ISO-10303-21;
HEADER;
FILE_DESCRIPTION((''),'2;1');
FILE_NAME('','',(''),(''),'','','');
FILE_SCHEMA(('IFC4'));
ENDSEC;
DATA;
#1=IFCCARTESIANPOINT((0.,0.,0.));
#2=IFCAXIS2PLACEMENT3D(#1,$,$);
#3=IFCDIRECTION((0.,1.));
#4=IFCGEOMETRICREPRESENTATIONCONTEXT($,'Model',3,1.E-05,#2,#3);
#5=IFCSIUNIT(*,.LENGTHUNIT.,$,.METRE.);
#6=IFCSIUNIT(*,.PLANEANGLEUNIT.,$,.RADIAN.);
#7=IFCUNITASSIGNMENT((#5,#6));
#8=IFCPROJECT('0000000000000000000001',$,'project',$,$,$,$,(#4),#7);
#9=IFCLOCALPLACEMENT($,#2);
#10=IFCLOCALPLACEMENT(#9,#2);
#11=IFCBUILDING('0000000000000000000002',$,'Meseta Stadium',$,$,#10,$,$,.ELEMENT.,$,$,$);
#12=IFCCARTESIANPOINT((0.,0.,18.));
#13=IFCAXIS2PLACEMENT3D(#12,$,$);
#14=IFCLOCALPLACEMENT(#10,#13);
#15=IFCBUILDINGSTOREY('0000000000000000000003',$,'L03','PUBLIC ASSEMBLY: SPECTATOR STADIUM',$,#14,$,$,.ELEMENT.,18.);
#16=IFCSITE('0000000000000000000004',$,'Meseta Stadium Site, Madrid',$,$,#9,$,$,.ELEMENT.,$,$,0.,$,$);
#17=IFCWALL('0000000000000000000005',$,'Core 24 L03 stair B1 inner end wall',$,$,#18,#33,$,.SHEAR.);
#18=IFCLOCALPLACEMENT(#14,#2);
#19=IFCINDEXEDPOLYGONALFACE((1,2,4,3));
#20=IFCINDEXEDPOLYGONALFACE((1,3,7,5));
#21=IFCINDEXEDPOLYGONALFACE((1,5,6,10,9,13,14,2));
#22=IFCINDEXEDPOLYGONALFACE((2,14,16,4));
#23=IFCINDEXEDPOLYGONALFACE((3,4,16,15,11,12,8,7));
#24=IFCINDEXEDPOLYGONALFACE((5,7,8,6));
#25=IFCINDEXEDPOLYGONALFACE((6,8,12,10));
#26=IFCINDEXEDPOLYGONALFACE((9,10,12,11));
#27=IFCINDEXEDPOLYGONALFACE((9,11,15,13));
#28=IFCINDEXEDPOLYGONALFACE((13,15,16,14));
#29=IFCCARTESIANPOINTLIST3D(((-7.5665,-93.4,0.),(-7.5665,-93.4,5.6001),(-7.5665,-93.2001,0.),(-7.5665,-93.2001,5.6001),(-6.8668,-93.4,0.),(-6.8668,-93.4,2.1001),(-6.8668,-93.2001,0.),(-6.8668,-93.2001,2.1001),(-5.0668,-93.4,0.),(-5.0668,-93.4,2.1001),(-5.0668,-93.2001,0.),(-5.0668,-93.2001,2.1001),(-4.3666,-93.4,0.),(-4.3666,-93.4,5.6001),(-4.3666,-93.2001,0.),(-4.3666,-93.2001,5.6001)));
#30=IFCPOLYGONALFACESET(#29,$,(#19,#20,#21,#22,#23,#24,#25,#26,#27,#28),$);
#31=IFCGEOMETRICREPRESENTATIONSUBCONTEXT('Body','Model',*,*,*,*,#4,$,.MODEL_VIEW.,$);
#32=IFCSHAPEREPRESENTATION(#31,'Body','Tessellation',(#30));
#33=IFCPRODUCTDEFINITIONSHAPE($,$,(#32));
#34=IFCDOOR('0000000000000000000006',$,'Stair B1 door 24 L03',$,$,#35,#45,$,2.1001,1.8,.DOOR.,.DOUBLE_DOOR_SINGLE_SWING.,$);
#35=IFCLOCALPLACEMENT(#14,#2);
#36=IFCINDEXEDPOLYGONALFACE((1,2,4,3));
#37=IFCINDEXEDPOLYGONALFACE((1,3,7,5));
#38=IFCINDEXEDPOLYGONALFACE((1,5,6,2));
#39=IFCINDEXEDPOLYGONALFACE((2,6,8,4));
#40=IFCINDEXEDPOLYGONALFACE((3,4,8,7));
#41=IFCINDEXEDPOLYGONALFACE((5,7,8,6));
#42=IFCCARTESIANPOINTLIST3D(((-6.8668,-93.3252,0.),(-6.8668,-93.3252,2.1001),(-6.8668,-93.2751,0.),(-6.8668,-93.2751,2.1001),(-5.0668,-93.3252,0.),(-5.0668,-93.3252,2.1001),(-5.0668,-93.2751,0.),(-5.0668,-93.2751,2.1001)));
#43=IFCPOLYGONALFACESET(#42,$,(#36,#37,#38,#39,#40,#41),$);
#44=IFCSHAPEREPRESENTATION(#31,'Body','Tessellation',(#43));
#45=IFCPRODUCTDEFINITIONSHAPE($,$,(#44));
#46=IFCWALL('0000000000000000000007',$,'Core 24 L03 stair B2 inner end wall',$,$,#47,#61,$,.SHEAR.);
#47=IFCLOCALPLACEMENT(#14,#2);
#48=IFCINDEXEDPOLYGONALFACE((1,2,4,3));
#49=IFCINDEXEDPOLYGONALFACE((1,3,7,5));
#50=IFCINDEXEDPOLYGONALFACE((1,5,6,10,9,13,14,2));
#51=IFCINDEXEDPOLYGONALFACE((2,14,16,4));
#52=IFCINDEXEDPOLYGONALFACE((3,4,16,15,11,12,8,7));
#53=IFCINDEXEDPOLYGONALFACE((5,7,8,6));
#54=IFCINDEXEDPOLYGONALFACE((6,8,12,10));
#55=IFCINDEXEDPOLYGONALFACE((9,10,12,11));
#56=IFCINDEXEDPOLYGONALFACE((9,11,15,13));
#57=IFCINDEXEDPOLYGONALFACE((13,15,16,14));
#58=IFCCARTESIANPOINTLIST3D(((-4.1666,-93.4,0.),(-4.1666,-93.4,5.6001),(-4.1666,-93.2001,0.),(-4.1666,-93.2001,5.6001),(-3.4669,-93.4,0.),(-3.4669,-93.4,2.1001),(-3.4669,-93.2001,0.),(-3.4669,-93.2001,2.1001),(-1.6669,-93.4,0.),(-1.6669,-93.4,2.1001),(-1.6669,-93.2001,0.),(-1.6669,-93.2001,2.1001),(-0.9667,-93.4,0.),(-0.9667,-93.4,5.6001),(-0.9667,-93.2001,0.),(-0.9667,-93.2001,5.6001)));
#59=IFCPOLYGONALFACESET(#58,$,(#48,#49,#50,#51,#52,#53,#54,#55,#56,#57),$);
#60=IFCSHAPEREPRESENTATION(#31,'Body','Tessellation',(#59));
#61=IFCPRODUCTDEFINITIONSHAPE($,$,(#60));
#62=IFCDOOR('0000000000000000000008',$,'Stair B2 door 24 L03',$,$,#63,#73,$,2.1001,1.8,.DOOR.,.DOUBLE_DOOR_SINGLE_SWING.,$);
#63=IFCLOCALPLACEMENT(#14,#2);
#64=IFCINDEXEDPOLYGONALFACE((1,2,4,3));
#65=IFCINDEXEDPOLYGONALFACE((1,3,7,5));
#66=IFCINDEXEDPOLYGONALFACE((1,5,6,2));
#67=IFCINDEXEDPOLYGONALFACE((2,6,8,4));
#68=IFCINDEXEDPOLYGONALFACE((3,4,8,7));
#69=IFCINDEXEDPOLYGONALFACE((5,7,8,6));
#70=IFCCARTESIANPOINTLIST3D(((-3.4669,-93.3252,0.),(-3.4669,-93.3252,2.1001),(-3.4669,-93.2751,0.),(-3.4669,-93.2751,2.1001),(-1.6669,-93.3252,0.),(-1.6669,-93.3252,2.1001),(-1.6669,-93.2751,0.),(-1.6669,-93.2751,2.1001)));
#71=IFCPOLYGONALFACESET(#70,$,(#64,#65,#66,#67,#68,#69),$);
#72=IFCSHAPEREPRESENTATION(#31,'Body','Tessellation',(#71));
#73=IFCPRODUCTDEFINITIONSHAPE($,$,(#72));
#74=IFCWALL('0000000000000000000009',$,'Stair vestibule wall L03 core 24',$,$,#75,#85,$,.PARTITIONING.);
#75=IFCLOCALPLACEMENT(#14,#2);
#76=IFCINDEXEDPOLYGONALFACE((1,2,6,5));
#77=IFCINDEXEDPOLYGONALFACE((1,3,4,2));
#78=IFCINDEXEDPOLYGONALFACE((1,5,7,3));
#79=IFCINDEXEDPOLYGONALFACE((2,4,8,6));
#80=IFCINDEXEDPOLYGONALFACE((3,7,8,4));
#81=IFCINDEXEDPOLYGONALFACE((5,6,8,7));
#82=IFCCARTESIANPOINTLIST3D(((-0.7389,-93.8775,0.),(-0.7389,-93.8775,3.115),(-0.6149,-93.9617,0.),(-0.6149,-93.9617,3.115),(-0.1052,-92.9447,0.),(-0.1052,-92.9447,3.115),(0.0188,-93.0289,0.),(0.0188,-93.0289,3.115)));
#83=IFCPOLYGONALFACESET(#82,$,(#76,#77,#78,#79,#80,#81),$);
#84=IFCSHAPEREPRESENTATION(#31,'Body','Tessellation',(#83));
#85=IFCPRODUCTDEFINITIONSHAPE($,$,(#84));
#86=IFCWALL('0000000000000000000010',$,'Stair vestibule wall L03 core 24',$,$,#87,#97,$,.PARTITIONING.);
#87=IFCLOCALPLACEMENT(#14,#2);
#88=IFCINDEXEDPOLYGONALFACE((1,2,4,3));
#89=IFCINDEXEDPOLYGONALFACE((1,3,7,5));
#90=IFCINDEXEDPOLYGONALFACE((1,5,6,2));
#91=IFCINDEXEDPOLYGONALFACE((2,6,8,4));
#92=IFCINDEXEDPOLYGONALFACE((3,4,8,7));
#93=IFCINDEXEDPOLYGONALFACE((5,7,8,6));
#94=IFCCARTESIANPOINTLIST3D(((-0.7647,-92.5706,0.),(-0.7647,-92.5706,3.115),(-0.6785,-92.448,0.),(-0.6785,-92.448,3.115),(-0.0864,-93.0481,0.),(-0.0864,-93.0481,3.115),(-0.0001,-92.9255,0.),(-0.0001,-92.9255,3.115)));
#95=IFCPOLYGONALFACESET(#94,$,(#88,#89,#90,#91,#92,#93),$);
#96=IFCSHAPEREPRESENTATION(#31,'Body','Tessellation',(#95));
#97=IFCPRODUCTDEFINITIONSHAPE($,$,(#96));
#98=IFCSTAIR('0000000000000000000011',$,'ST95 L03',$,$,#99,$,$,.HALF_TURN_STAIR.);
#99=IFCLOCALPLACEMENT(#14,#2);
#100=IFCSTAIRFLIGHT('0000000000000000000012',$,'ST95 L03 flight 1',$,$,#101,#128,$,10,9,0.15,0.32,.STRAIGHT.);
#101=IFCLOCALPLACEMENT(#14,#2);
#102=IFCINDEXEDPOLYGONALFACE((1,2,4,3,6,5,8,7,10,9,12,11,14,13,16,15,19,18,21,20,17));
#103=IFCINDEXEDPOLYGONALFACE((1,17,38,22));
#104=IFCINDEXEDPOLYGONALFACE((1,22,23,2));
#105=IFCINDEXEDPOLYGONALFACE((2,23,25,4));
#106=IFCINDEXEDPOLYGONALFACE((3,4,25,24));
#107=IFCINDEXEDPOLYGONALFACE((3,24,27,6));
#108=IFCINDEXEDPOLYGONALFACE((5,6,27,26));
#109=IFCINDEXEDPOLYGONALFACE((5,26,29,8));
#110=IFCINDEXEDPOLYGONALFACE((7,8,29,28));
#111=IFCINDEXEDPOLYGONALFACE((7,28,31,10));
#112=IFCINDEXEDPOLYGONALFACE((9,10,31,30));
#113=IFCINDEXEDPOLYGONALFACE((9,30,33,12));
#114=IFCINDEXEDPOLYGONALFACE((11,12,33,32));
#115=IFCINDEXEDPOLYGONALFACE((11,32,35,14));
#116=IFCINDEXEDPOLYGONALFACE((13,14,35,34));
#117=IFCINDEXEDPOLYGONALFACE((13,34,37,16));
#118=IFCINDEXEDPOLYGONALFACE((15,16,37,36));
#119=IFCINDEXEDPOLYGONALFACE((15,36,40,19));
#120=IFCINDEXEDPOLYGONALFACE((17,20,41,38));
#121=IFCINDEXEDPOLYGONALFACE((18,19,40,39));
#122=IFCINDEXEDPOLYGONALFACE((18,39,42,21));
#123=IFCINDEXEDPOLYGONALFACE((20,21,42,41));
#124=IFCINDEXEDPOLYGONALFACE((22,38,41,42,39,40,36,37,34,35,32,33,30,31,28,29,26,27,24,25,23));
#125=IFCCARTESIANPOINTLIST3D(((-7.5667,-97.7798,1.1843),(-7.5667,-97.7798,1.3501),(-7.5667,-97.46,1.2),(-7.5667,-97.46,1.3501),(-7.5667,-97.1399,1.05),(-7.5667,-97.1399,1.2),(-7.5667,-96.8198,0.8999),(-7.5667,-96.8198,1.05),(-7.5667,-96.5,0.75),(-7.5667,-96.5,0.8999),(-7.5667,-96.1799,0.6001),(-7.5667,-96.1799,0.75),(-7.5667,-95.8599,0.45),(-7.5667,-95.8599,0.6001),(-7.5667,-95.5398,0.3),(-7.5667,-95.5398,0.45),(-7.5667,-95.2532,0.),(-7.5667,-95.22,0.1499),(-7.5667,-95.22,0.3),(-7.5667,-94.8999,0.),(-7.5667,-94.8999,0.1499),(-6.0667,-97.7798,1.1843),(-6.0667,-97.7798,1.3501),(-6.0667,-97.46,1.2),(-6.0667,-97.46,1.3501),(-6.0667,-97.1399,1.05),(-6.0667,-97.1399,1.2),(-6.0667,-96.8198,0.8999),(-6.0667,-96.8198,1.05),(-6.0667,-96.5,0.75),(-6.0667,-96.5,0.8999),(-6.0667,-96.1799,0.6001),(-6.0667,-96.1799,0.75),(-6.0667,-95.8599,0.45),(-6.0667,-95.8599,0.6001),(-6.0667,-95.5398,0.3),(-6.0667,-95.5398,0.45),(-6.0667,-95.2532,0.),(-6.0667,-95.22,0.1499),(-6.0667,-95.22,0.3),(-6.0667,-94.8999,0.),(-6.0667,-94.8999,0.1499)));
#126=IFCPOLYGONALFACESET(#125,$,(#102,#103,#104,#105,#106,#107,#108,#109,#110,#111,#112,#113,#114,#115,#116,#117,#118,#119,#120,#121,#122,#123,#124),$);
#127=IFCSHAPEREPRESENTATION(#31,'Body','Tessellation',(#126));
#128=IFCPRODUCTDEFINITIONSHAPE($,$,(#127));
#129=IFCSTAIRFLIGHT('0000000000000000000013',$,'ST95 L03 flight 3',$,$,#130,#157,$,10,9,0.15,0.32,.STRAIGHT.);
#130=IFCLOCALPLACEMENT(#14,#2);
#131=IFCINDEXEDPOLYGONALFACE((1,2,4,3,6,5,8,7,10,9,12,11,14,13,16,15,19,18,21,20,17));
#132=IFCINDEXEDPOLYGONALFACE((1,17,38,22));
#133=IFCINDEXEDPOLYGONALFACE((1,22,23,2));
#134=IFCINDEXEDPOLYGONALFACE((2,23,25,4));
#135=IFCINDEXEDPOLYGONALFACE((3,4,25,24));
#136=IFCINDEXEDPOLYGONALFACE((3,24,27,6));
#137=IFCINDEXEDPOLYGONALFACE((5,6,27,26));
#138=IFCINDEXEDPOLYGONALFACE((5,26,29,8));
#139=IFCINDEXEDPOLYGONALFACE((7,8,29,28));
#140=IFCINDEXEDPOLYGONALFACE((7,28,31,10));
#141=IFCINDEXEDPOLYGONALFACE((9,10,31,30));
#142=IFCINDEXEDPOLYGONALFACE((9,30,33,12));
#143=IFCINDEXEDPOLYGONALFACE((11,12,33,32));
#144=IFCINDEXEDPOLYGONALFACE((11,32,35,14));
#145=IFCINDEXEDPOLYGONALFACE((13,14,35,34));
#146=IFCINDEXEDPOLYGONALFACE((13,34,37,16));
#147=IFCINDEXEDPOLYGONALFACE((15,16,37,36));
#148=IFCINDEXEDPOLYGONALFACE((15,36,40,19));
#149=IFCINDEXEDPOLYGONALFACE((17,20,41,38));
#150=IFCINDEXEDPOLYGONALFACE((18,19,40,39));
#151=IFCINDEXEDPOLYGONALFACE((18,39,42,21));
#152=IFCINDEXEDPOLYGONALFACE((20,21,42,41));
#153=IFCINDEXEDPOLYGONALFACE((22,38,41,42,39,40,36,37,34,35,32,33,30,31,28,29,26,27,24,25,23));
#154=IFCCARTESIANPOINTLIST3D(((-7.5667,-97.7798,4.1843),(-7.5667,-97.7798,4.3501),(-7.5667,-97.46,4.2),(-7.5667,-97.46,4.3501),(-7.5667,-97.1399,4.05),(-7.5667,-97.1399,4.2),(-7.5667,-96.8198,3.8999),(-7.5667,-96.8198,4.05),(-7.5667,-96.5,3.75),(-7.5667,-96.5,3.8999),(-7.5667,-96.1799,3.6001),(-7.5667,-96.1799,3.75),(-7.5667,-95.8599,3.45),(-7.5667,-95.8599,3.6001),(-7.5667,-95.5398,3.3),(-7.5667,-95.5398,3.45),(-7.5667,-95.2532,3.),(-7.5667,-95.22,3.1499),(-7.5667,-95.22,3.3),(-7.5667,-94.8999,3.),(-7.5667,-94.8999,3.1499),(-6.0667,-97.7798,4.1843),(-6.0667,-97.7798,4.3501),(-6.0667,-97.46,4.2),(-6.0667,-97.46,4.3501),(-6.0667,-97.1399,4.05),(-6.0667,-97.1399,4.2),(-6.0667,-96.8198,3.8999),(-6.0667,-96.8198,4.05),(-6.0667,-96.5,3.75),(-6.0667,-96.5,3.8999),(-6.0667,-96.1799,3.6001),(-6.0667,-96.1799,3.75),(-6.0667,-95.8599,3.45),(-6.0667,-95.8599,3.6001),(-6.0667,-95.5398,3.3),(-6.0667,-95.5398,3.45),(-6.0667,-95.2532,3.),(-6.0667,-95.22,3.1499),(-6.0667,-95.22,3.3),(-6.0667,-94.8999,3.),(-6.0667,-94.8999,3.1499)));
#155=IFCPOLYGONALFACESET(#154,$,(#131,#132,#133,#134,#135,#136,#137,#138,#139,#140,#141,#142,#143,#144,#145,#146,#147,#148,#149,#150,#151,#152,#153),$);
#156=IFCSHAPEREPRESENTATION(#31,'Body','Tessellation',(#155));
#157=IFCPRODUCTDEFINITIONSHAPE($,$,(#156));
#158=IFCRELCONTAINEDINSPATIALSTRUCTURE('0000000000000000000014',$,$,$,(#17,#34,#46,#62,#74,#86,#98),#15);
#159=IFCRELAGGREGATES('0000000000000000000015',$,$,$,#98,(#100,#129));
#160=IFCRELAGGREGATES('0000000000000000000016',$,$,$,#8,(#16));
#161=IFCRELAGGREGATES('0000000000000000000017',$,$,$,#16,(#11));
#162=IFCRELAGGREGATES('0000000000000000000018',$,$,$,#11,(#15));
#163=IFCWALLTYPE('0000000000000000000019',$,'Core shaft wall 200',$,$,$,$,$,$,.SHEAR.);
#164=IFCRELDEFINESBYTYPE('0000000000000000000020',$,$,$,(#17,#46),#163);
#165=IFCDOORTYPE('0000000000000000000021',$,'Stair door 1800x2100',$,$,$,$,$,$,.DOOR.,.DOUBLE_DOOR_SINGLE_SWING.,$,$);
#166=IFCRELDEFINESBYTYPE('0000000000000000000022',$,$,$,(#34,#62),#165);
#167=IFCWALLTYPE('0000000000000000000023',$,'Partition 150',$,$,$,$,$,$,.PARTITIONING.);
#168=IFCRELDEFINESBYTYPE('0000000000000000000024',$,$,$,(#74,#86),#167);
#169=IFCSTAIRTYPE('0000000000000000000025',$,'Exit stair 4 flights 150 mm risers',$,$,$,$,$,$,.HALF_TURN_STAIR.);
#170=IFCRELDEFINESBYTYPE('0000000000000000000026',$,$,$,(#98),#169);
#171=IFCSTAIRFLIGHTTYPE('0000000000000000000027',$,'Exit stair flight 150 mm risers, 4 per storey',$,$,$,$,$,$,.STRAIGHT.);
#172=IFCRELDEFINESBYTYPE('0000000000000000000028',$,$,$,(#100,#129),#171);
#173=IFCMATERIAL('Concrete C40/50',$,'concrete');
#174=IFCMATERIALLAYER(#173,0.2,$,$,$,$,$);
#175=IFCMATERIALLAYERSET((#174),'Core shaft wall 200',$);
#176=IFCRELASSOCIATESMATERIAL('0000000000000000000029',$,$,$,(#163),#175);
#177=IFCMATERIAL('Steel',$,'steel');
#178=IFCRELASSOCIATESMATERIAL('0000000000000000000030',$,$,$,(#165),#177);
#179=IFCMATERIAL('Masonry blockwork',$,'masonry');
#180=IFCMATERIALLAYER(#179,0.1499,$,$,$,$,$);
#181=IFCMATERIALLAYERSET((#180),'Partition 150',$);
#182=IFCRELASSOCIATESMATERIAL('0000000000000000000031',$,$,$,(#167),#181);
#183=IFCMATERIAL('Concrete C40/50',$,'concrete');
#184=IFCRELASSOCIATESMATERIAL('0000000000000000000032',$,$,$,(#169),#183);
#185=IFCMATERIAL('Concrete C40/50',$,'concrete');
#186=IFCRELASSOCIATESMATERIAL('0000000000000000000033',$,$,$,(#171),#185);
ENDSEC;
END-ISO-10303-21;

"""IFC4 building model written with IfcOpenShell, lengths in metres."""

from ifc_helpers import new_model, si_unit, direction, frame, frame_2d, origin, place, context, subcontext, project, spatial, polyline, rectangle, outline, extrude, material, layer, layer_set, type_object, element, fill, aggregate, save


model = new_model("IFC4")

# Units and contexts
model_context = context("Model", 3, precision=1e-05, world=origin(), true_north=direction((0.0, 1.0)))
body_context = subcontext(model_context, "Body", "Model", "MODEL_VIEW")
ifc_project = project(units=[si_unit("LENGTHUNIT", "METRE"), si_unit("PLANEANGLEUNIT", "RADIAN")], contexts=[model_context])

# Site, building, storey
site_placement = place(None, origin())
site = spatial("IfcSite", under=ifc_project, at=site_placement, Name="Meseta Stadium Site, Madrid", CompositionType="ELEMENT", RefElevation=0.0)
building_placement = place(site_placement, origin())
building = spatial("IfcBuilding", under=site, at=building_placement, Name="Meseta Stadium", CompositionType="ELEMENT")
storey_placement = place(building_placement, frame((0.0, 0.0, 18.0)))
storey = spatial("IfcBuildingStorey", under=building, at=storey_placement, Name="L03", Description="PUBLIC ASSEMBLY: SPECTATOR STADIUM", CompositionType="ELEMENT", Elevation=18.0)

# Walls, openings, doors
ifc_material_1 = material(Name="Concrete C40/50", Category="concrete")
ifc_layer_1 = layer(ifc_material_1, 0.2)
ifc_layer_set_1 = layer_set([ifc_layer_1], Name="Core shaft wall 200")
wall_type_1 = type_object("IfcWallType", Name="Core shaft wall 200", PredefinedType="SHEAR", material=ifc_layer_set_1)
wall_1_placement = place(storey_placement, frame((-7.5667, -93.3, 0.0), z_axis=(0.0, 0.0, 1.0), x_axis=(1.0, 0.0, 0.0)))
wall_1 = element("IfcWall", 1, at=wall_1_placement, inside=storey, type_object=wall_type_1, Name="Core 24 L03 stair B1 inner end wall", PredefinedType="SHEAR", context=body_context, shape_type="SweptSolid", body=[
    extrude(rectangle(XDim=3.2, YDim=0.2, at=frame_2d((1.6001, 0.0))), origin(), (0.0, 0.0, 1.0), 5.6001),
])
opening_1_placement = place(wall_1_placement, frame((0.7, 0.0, 0.0)))
opening_1 = element("IfcOpeningElement", 2, at=opening_1_placement, cuts=wall_1, PredefinedType="OPENING", context=body_context, shape_type="SweptSolid", body=[
    extrude(rectangle(XDim=1.8, YDim=2.1001, at=frame_2d((0.8999, 1.05))), frame((0.0, 0.1099, 0.0), z_axis=(0.0, -1.0, 0.0), x_axis=(1.0, 0.0, 0.0)), (0.0, 0.0, 1.0), 0.22),
])
ifc_material_2 = material(Name="Steel", Category="steel")
door_type = type_object("IfcDoorType", Name="Stair door 1800x2100", OperationType="DOUBLE_DOOR_SINGLE_SWING", PredefinedType="DOOR", material=ifc_material_2)
door_1_placement = place(opening_1_placement, origin())
door_1 = element("IfcDoor", 3, at=door_1_placement, inside=storey, type_object=door_type, Name="Stair B1 door 24 L03", OperationType="DOUBLE_DOOR_SINGLE_SWING", OverallHeight=2.1001, OverallWidth=1.8, PredefinedType="DOOR", context=body_context, shape_type="SweptSolid", body=[
    extrude(rectangle(XDim=1.8, YDim=2.1001, at=frame_2d((0.8999, 1.05))), frame((0.0, 0.0249, 0.0), z_axis=(0.0, -1.0, 0.0), x_axis=(1.0, 0.0, 0.0)), (0.0, 0.0, 1.0), 0.05),
])
fill(opening_1, door_1)
wall_2_placement = place(storey_placement, frame((-4.1667, -93.3, 0.0), z_axis=(0.0, 0.0, 1.0), x_axis=(1.0, 0.0, 0.0)))
wall_2 = element("IfcWall", 4, at=wall_2_placement, inside=storey, type_object=wall_type_1, Name="Core 24 L03 stair B2 inner end wall", PredefinedType="SHEAR", context=body_context, shape_type="SweptSolid", body=[
    extrude(rectangle(XDim=3.2, YDim=0.2, at=frame_2d((1.6001, 0.0))), origin(), (0.0, 0.0, 1.0), 5.6001),
])
opening_2_placement = place(wall_2_placement, frame((0.7, 0.0, 0.0)))
opening_2 = element("IfcOpeningElement", 5, at=opening_2_placement, cuts=wall_2, PredefinedType="OPENING", context=body_context, shape_type="SweptSolid", body=[
    extrude(rectangle(XDim=1.8, YDim=2.1001, at=frame_2d((0.8999, 1.05))), frame((0.0, 0.1099, 0.0), z_axis=(0.0, -1.0, 0.0), x_axis=(1.0, 0.0, 0.0)), (0.0, 0.0, 1.0), 0.22),
])
door_2_placement = place(opening_2_placement, origin())
door_2 = element("IfcDoor", 6, at=door_2_placement, inside=storey, type_object=door_type, Name="Stair B2 door 24 L03", OperationType="DOUBLE_DOOR_SINGLE_SWING", OverallHeight=2.1001, OverallWidth=1.8, PredefinedType="DOOR", context=body_context, shape_type="SweptSolid", body=[
    extrude(rectangle(XDim=1.8, YDim=2.1001, at=frame_2d((0.8999, 1.05))), frame((0.0, 0.0249, 0.0), z_axis=(0.0, -1.0, 0.0), x_axis=(1.0, 0.0, 0.0)), (0.0, 0.0, 1.0), 0.05),
])
fill(opening_2, door_2)

# Walls
ifc_material_3 = material(Name="Masonry blockwork", Category="masonry")
ifc_layer_2 = layer(ifc_material_3, 0.1499)
ifc_layer_set_2 = layer_set([ifc_layer_2], Name="Partition 150")
wall_type_2 = type_object("IfcWallType", Name="Partition 150", PredefinedType="PARTITIONING", material=ifc_layer_set_2)
wall_3_placement = place(storey_placement, frame((-0.677, -93.9197, 0.0), z_axis=(0.0, 0.0, 1.0), x_axis=(0.561972, 0.827156, 0.0)))
element("IfcWall", 7, at=wall_3_placement, inside=storey, type_object=wall_type_2, Name="Stair vestibule wall L03 core 24", PredefinedType="PARTITIONING", context=body_context, shape_type="SweptSolid", body=[
    extrude(rectangle(XDim=1.1277, YDim=0.1499, at=frame_2d((0.564, 0.0))), origin(), (0.0, 0.0, 1.0), 3.115),
])
wall_4_placement = place(storey_placement, frame((-0.0432, -92.9868, 0.0), z_axis=(0.0, 0.0, 1.0), x_axis=(-0.81775, 0.575574, 0.0)))
element("IfcWall", 8, at=wall_4_placement, inside=storey, type_object=wall_type_2, Name="Stair vestibule wall L03 core 24", PredefinedType="PARTITIONING", context=body_context, shape_type="SweptSolid", body=[
    extrude(rectangle(XDim=0.8296, YDim=0.1499, at=frame_2d((0.4148, 0.0))), origin(), (0.0, 0.0, 1.0), 3.115),
])

# Stair, stair flights
ifc_material_4 = material(Name="Concrete C40/50", Category="concrete")
stair_type = type_object("IfcStairType", Name="Exit stair 4 flights 150 mm risers", PredefinedType="HALF_TURN_STAIR", material=ifc_material_4)
stair_1_placement = place(storey_placement, origin())
stair_1 = element("IfcStair", 9, at=stair_1_placement, inside=storey, type_object=stair_type, Name="ST95 L03", PredefinedType="HALF_TURN_STAIR")
ifc_material_5 = material(Name="Concrete C40/50", Category="concrete")
stair_flight_type = type_object("IfcStairFlightType", Name="Exit stair flight 150 mm risers, 4 per storey", PredefinedType="STRAIGHT", material=ifc_material_5)
stair_flight_1_placement = place(storey_placement, frame((-6.8167, -94.8999, 0.0), z_axis=(0.0, 0.0, 1.0), x_axis=(0.0, -1.0, 0.0)))
stair_flight_1 = element("IfcStairFlight", 10, at=stair_flight_1_placement, type_object=stair_flight_type, Name="ST95 L03 flight 1", NumberOfRisers=10, NumberOfTreads=9, PredefinedType="STRAIGHT", RiserHeight=0.15, TreadLength=0.32, context=body_context, shape_type="SweptSolid", body=[
    extrude(outline(polyline([(0.0, 0.0), (0.0, 0.1499), (0.3201, 0.1499), (0.3201, 0.3), (0.6399, 0.3), (0.6399, 0.45), (0.96, 0.45), (0.96, 0.6001), (1.28, 0.6001), (1.28, 0.75), (1.6001, 0.75), (1.6001, 0.8999), (1.9199, 0.8999), (1.9199, 1.05), (2.24, 1.05), (2.24, 1.2), (2.5601, 1.2), (2.5601, 1.3501), (2.8799, 1.3501), (2.8799, 1.1843), (0.3533, 0.0), (0.0, 0.0)])), frame((0.0, 0.75, 0.0), z_axis=(0.0, -1.0, 0.0), x_axis=(1.0, 0.0, 0.0)), (0.0, 0.0, 1.0), 1.5),
])
stair_flight_2_placement = place(storey_placement, frame((-6.8167, -94.8999, 3.0), z_axis=(0.0, 0.0, 1.0), x_axis=(0.0, -1.0, 0.0)))
stair_flight_2 = element("IfcStairFlight", 11, at=stair_flight_2_placement, type_object=stair_flight_type, Name="ST95 L03 flight 3", NumberOfRisers=10, NumberOfTreads=9, PredefinedType="STRAIGHT", RiserHeight=0.15, TreadLength=0.32, context=body_context, shape_type="SweptSolid", body=[
    extrude(outline(polyline([(0.0, 0.0), (0.0, 0.1499), (0.3201, 0.1499), (0.3201, 0.3), (0.6399, 0.3), (0.6399, 0.45), (0.96, 0.45), (0.96, 0.6001), (1.28, 0.6001), (1.28, 0.75), (1.6001, 0.75), (1.6001, 0.8999), (1.9199, 0.8999), (1.9199, 1.05), (2.24, 1.05), (2.24, 1.2), (2.5601, 1.2), (2.5601, 1.3501), (2.8799, 1.3501), (2.8799, 1.1843), (0.3533, 0.0), (0.0, 0.0)])), frame((0.0, 0.75, 0.0), z_axis=(0.0, -1.0, 0.0), x_axis=(1.0, 0.0, 0.0)), (0.0, 0.0, 1.0), 1.5),
])
aggregate(stair_1, [stair_flight_1, stair_flight_2])

save(model, "model.ifc")
